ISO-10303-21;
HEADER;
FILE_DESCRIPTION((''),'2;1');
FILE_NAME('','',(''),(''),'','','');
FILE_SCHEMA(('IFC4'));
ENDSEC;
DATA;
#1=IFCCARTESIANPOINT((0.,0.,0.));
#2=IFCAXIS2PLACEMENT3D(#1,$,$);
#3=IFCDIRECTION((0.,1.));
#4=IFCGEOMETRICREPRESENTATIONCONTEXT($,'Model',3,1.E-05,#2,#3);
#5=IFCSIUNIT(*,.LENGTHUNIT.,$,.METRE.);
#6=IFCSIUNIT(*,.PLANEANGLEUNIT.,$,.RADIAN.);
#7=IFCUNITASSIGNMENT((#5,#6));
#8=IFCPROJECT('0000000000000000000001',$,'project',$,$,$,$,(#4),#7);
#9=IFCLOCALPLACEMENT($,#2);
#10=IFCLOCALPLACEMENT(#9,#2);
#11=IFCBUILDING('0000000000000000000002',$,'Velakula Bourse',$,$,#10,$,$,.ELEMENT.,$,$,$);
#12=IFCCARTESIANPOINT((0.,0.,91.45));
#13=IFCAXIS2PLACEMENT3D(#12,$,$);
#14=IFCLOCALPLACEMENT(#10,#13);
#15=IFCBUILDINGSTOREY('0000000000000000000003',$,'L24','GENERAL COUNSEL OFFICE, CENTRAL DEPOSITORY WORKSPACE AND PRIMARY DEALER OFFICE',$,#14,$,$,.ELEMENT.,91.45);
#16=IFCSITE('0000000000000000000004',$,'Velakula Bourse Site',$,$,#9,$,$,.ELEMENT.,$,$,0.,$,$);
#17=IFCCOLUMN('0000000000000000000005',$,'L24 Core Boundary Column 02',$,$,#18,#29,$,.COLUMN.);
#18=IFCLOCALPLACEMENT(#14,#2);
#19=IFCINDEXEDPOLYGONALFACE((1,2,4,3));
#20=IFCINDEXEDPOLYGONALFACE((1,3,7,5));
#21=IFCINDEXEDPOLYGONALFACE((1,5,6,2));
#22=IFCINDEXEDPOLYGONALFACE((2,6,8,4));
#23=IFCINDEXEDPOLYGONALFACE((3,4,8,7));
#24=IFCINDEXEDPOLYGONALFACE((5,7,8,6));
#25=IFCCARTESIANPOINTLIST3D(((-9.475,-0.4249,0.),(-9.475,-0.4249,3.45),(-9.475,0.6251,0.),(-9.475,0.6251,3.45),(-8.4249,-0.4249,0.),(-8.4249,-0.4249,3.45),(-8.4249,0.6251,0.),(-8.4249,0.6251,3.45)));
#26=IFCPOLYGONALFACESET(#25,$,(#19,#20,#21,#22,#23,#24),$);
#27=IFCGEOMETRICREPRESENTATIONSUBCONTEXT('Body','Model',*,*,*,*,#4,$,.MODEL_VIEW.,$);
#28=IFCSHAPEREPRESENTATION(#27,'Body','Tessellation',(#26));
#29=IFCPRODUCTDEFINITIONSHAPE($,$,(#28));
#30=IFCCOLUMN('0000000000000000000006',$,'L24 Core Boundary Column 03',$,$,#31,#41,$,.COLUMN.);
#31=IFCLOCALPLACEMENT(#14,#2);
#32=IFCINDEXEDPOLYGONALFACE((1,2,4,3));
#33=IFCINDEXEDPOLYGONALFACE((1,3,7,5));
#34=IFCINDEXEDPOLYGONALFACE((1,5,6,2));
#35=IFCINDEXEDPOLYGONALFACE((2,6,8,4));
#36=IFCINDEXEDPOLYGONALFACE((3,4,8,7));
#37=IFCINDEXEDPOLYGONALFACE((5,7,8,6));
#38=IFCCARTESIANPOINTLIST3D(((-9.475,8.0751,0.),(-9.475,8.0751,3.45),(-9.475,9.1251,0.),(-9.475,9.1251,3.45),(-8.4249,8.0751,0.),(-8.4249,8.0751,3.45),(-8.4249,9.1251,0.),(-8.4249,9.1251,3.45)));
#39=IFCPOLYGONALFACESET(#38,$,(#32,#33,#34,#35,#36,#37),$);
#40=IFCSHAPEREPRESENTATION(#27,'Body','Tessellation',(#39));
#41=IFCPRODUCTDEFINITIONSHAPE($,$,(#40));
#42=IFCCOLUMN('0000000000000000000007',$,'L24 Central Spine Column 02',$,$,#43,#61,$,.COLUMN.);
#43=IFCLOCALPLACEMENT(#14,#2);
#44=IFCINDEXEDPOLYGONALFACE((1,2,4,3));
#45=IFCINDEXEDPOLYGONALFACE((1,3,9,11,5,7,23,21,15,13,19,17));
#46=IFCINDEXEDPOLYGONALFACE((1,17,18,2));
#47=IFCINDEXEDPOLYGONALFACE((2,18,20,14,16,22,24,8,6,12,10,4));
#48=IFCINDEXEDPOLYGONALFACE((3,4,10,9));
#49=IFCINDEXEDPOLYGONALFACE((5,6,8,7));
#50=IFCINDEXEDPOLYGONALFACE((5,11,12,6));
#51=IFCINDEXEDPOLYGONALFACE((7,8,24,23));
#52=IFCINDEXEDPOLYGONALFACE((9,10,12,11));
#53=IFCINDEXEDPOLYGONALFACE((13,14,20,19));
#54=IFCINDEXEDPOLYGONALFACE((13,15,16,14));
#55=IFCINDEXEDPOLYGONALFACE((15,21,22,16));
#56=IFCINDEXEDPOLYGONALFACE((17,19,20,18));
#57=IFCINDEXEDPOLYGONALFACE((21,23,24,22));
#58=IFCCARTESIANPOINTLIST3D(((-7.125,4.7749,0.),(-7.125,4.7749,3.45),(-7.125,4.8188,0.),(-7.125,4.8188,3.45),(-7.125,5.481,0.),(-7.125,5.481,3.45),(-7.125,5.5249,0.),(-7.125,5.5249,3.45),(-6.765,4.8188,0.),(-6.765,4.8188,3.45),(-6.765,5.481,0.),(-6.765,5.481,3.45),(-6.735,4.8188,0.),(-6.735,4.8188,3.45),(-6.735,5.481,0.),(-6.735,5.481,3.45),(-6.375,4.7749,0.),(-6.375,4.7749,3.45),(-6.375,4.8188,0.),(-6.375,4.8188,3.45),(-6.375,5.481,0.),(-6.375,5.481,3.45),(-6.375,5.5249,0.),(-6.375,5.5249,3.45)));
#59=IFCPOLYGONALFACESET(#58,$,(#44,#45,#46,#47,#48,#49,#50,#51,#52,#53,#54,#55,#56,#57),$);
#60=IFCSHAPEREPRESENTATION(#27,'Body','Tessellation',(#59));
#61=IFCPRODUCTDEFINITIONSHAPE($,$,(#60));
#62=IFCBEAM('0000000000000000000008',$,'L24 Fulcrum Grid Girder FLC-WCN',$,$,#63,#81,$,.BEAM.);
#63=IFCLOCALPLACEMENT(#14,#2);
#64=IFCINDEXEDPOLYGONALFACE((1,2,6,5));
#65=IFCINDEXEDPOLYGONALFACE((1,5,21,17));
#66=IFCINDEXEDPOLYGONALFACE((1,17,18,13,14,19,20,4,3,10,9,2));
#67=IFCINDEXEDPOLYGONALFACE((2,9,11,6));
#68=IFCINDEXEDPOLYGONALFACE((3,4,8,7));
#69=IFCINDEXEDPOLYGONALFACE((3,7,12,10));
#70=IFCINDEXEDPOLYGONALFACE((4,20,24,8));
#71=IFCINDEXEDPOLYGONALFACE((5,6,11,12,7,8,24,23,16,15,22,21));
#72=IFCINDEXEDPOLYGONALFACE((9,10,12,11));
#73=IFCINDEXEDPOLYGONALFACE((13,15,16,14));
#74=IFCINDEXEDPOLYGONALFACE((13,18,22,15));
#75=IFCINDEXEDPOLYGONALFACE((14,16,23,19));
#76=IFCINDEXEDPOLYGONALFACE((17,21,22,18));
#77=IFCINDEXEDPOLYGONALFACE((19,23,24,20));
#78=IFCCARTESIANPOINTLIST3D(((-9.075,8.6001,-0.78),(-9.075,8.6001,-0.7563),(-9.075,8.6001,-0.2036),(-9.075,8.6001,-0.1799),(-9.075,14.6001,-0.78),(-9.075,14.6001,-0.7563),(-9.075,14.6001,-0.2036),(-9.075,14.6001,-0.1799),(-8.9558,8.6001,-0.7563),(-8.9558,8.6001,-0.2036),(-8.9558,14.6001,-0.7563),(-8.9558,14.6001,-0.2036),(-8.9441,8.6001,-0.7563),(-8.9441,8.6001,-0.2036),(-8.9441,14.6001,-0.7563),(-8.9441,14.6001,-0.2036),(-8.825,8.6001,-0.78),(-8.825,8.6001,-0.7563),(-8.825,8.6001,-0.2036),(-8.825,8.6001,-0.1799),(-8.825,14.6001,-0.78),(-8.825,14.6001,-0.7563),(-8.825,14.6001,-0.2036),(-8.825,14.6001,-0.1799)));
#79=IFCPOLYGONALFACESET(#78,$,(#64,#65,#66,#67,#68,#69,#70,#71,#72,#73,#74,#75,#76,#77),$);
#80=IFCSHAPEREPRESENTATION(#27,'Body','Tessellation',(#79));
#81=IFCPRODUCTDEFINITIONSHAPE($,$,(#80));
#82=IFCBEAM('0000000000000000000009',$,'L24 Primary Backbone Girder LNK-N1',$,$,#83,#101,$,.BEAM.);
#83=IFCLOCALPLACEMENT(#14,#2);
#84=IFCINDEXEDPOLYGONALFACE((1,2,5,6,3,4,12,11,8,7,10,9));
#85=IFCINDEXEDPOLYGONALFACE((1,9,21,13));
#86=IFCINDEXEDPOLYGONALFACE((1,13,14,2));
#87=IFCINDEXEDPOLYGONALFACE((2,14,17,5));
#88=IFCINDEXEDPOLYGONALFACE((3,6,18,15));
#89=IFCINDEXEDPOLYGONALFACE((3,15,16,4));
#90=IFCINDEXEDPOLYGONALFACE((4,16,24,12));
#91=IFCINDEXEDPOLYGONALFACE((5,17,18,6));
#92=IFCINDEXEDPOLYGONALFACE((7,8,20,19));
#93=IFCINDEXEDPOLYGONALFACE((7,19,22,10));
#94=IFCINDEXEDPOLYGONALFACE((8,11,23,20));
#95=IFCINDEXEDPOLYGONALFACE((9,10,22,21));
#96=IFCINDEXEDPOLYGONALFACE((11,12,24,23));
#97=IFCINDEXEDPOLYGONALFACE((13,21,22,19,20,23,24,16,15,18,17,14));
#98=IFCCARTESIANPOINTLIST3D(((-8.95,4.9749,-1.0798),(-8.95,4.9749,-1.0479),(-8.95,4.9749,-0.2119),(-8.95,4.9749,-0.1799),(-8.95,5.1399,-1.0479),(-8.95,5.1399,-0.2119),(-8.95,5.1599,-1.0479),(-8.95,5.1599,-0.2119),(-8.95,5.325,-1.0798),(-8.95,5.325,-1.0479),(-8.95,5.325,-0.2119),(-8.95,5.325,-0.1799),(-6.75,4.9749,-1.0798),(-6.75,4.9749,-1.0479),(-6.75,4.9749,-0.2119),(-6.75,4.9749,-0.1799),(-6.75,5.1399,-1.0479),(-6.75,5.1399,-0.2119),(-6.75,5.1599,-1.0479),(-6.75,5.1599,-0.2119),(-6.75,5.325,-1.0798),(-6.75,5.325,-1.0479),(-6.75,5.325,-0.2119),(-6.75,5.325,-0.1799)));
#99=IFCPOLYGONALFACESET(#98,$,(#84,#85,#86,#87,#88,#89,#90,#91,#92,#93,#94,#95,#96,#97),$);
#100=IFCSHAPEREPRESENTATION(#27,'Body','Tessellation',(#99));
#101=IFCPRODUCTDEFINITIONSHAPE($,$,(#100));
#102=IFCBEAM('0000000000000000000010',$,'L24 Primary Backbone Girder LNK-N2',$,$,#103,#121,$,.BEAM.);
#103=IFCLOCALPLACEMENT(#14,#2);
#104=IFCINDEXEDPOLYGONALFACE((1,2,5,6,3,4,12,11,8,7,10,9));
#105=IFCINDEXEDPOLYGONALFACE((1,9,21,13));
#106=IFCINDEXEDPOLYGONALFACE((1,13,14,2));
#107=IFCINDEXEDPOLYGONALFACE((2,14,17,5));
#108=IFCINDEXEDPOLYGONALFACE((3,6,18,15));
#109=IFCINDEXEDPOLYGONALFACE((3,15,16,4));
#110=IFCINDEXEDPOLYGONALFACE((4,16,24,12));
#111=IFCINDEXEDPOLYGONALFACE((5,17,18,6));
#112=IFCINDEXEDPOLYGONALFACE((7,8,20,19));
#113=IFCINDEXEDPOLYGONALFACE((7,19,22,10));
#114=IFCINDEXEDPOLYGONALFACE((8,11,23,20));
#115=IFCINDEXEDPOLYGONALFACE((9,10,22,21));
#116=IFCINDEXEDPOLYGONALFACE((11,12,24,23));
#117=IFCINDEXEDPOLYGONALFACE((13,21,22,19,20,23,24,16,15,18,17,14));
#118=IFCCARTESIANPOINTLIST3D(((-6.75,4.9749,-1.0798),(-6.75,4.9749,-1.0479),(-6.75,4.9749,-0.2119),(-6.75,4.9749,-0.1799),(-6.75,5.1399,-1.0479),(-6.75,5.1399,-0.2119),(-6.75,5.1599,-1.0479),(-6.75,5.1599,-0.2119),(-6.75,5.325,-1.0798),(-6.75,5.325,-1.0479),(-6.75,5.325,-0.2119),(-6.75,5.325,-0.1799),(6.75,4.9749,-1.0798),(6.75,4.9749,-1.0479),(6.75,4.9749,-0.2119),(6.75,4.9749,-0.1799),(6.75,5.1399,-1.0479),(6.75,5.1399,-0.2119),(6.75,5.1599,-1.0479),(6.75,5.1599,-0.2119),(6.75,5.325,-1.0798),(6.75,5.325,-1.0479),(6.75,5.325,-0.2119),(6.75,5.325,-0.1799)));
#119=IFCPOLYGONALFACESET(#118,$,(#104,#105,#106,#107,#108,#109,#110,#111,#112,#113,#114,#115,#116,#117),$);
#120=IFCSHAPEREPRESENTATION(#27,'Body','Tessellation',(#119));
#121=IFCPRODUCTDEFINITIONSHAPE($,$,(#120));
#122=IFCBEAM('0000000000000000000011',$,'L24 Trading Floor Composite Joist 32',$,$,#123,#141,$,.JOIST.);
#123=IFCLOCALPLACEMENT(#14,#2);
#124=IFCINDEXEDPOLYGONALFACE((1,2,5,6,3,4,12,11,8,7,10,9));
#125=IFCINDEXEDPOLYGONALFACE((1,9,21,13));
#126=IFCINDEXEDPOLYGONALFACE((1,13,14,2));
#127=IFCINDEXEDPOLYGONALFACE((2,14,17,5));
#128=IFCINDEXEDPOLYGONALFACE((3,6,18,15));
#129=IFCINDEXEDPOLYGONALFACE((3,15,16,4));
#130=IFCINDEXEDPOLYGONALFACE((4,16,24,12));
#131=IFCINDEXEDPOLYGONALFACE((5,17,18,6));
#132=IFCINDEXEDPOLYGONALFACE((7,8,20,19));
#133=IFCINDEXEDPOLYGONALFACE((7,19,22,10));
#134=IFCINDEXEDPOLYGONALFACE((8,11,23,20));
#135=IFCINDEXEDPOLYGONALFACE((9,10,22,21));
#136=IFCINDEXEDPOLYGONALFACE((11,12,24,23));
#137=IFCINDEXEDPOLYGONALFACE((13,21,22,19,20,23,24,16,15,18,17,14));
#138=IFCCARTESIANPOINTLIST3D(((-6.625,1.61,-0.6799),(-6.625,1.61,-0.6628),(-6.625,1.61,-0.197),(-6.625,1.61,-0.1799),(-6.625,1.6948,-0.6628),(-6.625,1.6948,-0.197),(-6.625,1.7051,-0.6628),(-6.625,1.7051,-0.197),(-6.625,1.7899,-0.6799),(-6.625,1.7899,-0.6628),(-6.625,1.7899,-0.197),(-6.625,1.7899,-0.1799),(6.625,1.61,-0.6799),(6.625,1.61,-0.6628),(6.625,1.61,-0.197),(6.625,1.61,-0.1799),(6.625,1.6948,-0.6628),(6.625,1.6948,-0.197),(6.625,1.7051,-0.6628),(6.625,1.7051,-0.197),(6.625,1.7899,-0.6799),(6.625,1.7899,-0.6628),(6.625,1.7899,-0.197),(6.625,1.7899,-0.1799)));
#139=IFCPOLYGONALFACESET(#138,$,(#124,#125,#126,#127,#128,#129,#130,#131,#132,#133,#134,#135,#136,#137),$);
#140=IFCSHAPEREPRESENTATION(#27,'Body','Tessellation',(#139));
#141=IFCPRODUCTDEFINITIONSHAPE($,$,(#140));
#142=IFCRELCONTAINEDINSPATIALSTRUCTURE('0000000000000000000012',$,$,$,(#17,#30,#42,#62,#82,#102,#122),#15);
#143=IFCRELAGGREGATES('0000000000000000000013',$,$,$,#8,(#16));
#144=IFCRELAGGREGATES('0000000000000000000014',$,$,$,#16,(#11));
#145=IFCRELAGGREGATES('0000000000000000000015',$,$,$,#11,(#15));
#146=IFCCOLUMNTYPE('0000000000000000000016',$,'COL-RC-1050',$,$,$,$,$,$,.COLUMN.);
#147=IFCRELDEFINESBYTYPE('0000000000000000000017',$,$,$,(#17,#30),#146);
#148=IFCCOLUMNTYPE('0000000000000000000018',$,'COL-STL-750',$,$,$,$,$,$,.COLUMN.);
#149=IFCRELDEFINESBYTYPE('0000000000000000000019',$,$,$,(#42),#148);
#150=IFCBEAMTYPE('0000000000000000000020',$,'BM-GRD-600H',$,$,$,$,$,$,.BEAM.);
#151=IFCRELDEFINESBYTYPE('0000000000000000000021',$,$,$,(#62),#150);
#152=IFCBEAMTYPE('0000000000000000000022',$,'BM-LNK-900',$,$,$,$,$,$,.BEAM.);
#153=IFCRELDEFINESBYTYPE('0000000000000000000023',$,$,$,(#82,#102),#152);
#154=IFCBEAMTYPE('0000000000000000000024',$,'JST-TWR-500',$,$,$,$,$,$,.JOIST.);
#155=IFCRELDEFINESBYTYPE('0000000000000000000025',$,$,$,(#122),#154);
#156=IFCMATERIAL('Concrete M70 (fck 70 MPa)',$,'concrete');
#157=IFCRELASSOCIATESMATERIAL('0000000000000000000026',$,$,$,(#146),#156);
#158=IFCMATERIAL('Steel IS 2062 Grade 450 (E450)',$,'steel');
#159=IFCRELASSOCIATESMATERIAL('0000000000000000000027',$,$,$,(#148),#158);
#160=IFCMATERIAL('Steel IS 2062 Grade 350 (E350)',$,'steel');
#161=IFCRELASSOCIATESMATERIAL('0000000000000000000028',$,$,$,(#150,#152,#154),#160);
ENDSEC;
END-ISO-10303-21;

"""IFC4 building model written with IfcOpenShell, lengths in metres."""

from ifc_helpers import new_model, si_unit, direction, frame, origin, origin_2d, place, context, subcontext, project, spatial, rectangle, i_section, extrude, material, material_profile, profile_set, type_object, element, save


model = new_model("IFC4")

# Units and contexts
model_context = context("Model", 3, precision=1e-05, world=origin(), true_north=direction((0.0, 1.0)))
body_context = subcontext(model_context, "Body", "Model", "MODEL_VIEW")
ifc_project = project(units=[si_unit("LENGTHUNIT", "METRE"), si_unit("PLANEANGLEUNIT", "RADIAN")], contexts=[model_context])

# Site, building, storey
site_placement = place(None, origin())
site = spatial("IfcSite", under=ifc_project, at=site_placement, Name="Velakula Bourse Site", CompositionType="ELEMENT", RefElevation=0.0)
building_placement = place(site_placement, origin())
building = spatial("IfcBuilding", under=site, at=building_placement, Name="Velakula Bourse", CompositionType="ELEMENT")
storey_placement = place(building_placement, frame((0.0, 0.0, 91.45)))
storey = spatial("IfcBuildingStorey", under=building, at=storey_placement, Name="L24", Description="GENERAL COUNSEL OFFICE, CENTRAL DEPOSITORY WORKSPACE AND PRIMARY DEALER OFFICE", CompositionType="ELEMENT", Elevation=91.45)

# Columns
ifc_material_1 = material(Name="Concrete M70 (fck 70 MPa)", Category="concrete")
ifc_material_profile_1 = material_profile(ifc_material_1, rectangle(XDim=1.05, YDim=1.05, at=origin_2d()), Name="Concrete M70 (fck 70 MPa)")
ifc_profile_set_1 = profile_set([ifc_material_profile_1], Name="Concrete M70 (fck 70 MPa)")
column_type_1 = type_object("IfcColumnType", Name="COL-RC-1050", PredefinedType="COLUMN", material=ifc_profile_set_1)
for number, where, z_axis, x_axis, name in (
    (1, (-8.95, 0.1001, 0.0), (0.0, 0.0, 1.0), (1.0, 0.0, 0.0), "L24 Core Boundary Column 02"),
    (2, (-8.95, 8.6001, 0.0), (0.0, 0.0, 1.0), (1.0, 0.0, 0.0), "L24 Core Boundary Column 03"),
):
    element("IfcColumn", number, at=place(storey_placement, frame(where, z_axis=z_axis, x_axis=x_axis)), inside=storey, type_object=column_type_1, Name=name, PredefinedType="COLUMN", context=body_context, shape_type="SweptSolid", body=[
        extrude(rectangle(XDim=1.05, YDim=1.05, at=origin_2d()), origin(), (0.0, 0.0, 1.0), 3.45),
    ])
ifc_material_2 = material(Name="Steel IS 2062 Grade 450 (E450)", Category="steel")
ifc_material_profile_2 = material_profile(ifc_material_2, i_section(OverallWidth=0.75, OverallDepth=0.75, WebThickness=0.03, FlangeThickness=0.0439, at=origin_2d()), Name="Steel IS 2062 Grade 450 (E450)")
ifc_profile_set_2 = profile_set([ifc_material_profile_2], Name="Steel IS 2062 Grade 450 (E450)")
column_type_2 = type_object("IfcColumnType", Name="COL-STL-750", PredefinedType="COLUMN", material=ifc_profile_set_2)
column_placement = place(storey_placement, frame((-6.75, 5.1499, 0.0), z_axis=(0.0, 0.0, 1.0), x_axis=(1.0, 0.0, 0.0)))
element("IfcColumn", 3, at=column_placement, inside=storey, type_object=column_type_2, Name="L24 Central Spine Column 02", PredefinedType="COLUMN", context=body_context, shape_type="SweptSolid", body=[
    extrude(i_section(OverallWidth=0.75, OverallDepth=0.75, WebThickness=0.03, FlangeThickness=0.0439, at=origin_2d()), origin(), (0.0, 0.0, 1.0), 3.45),
])

# Beams
ifc_material_3 = material(Name="Steel IS 2062 Grade 350 (E350)", Category="steel")
ifc_material_profile_3 = material_profile(ifc_material_3, i_section(OverallWidth=0.25, OverallDepth=0.6001, WebThickness=0.0117, FlangeThickness=0.0237, at=origin_2d()), Name="Steel IS 2062 Grade 350 (E350)")
ifc_profile_set_3 = profile_set([ifc_material_profile_3], Name="Steel IS 2062 Grade 350 (E350)")
beam_type_1 = type_object("IfcBeamType", Name="BM-GRD-600H", PredefinedType="BEAM", material=ifc_profile_set_3)
beam_1_placement = place(storey_placement, frame((-8.95, 8.6001, -0.48), z_axis=(0.0, 1.0, 0.0), x_axis=(-1.0, 0.0, 0.0)))
element("IfcBeam", 4, at=beam_1_placement, inside=storey, type_object=beam_type_1, Name="L24 Fulcrum Grid Girder FLC-WCN", PredefinedType="BEAM", context=body_context, shape_type="SweptSolid", body=[
    extrude(i_section(OverallWidth=0.25, OverallDepth=0.6001, WebThickness=0.0117, FlangeThickness=0.0237, at=origin_2d()), origin(), (0.0, 0.0, 1.0), 6.0),
])
ifc_material_profile_4 = material_profile(ifc_material_3, i_section(OverallWidth=0.3501, OverallDepth=0.8999, WebThickness=0.02, FlangeThickness=0.032, at=origin_2d()), Name="Steel IS 2062 Grade 350 (E350)")
ifc_profile_set_4 = profile_set([ifc_material_profile_4], Name="Steel IS 2062 Grade 350 (E350)")
beam_type_2 = type_object("IfcBeamType", Name="BM-LNK-900", PredefinedType="BEAM", material=ifc_profile_set_4)
beam_2_placement = place(storey_placement, frame((-8.95, 5.1499, -0.6299), z_axis=(1.0, 0.0, 0.0), x_axis=(0.0, 1.0, 0.0)))
element("IfcBeam", 5, at=beam_2_placement, inside=storey, type_object=beam_type_2, Name="L24 Primary Backbone Girder LNK-N1", PredefinedType="BEAM", context=body_context, shape_type="SweptSolid", body=[
    extrude(i_section(OverallWidth=0.3501, OverallDepth=0.8999, WebThickness=0.02, FlangeThickness=0.032, at=origin_2d()), origin(), (0.0, 0.0, 1.0), 2.2),
])
beam_3_placement = place(storey_placement, frame((-6.75, 5.1499, -0.6299), z_axis=(1.0, 0.0, 0.0), x_axis=(0.0, 1.0, 0.0)))
element("IfcBeam", 6, at=beam_3_placement, inside=storey, type_object=beam_type_2, Name="L24 Primary Backbone Girder LNK-N2", PredefinedType="BEAM", context=body_context, shape_type="SweptSolid", body=[
    extrude(i_section(OverallWidth=0.3501, OverallDepth=0.8999, WebThickness=0.02, FlangeThickness=0.032, at=origin_2d()), origin(), (0.0, 0.0, 1.0), 13.5),
])
ifc_material_profile_5 = material_profile(ifc_material_3, i_section(OverallWidth=0.1799, OverallDepth=0.5, WebThickness=0.0103, FlangeThickness=0.0171, at=origin_2d()), Name="Steel IS 2062 Grade 350 (E350)")
ifc_profile_set_5 = profile_set([ifc_material_profile_5], Name="Steel IS 2062 Grade 350 (E350)")
beam_type_3 = type_object("IfcBeamType", Name="JST-TWR-500", PredefinedType="JOIST", material=ifc_profile_set_5)
beam_4_placement = place(storey_placement, frame((-6.625, 1.7, -0.4299), z_axis=(1.0, 0.0, 0.0), x_axis=(0.0, 1.0, 0.0)))
element("IfcBeam", 7, at=beam_4_placement, inside=storey, type_object=beam_type_3, Name="L24 Trading Floor Composite Joist 32", PredefinedType="JOIST", context=body_context, shape_type="SweptSolid", body=[
    extrude(i_section(OverallWidth=0.1799, OverallDepth=0.5, WebThickness=0.0103, FlangeThickness=0.0171, at=origin_2d()), origin(), (0.0, 0.0, 1.0), 13.25),
])

save(model, "model.ifc")
